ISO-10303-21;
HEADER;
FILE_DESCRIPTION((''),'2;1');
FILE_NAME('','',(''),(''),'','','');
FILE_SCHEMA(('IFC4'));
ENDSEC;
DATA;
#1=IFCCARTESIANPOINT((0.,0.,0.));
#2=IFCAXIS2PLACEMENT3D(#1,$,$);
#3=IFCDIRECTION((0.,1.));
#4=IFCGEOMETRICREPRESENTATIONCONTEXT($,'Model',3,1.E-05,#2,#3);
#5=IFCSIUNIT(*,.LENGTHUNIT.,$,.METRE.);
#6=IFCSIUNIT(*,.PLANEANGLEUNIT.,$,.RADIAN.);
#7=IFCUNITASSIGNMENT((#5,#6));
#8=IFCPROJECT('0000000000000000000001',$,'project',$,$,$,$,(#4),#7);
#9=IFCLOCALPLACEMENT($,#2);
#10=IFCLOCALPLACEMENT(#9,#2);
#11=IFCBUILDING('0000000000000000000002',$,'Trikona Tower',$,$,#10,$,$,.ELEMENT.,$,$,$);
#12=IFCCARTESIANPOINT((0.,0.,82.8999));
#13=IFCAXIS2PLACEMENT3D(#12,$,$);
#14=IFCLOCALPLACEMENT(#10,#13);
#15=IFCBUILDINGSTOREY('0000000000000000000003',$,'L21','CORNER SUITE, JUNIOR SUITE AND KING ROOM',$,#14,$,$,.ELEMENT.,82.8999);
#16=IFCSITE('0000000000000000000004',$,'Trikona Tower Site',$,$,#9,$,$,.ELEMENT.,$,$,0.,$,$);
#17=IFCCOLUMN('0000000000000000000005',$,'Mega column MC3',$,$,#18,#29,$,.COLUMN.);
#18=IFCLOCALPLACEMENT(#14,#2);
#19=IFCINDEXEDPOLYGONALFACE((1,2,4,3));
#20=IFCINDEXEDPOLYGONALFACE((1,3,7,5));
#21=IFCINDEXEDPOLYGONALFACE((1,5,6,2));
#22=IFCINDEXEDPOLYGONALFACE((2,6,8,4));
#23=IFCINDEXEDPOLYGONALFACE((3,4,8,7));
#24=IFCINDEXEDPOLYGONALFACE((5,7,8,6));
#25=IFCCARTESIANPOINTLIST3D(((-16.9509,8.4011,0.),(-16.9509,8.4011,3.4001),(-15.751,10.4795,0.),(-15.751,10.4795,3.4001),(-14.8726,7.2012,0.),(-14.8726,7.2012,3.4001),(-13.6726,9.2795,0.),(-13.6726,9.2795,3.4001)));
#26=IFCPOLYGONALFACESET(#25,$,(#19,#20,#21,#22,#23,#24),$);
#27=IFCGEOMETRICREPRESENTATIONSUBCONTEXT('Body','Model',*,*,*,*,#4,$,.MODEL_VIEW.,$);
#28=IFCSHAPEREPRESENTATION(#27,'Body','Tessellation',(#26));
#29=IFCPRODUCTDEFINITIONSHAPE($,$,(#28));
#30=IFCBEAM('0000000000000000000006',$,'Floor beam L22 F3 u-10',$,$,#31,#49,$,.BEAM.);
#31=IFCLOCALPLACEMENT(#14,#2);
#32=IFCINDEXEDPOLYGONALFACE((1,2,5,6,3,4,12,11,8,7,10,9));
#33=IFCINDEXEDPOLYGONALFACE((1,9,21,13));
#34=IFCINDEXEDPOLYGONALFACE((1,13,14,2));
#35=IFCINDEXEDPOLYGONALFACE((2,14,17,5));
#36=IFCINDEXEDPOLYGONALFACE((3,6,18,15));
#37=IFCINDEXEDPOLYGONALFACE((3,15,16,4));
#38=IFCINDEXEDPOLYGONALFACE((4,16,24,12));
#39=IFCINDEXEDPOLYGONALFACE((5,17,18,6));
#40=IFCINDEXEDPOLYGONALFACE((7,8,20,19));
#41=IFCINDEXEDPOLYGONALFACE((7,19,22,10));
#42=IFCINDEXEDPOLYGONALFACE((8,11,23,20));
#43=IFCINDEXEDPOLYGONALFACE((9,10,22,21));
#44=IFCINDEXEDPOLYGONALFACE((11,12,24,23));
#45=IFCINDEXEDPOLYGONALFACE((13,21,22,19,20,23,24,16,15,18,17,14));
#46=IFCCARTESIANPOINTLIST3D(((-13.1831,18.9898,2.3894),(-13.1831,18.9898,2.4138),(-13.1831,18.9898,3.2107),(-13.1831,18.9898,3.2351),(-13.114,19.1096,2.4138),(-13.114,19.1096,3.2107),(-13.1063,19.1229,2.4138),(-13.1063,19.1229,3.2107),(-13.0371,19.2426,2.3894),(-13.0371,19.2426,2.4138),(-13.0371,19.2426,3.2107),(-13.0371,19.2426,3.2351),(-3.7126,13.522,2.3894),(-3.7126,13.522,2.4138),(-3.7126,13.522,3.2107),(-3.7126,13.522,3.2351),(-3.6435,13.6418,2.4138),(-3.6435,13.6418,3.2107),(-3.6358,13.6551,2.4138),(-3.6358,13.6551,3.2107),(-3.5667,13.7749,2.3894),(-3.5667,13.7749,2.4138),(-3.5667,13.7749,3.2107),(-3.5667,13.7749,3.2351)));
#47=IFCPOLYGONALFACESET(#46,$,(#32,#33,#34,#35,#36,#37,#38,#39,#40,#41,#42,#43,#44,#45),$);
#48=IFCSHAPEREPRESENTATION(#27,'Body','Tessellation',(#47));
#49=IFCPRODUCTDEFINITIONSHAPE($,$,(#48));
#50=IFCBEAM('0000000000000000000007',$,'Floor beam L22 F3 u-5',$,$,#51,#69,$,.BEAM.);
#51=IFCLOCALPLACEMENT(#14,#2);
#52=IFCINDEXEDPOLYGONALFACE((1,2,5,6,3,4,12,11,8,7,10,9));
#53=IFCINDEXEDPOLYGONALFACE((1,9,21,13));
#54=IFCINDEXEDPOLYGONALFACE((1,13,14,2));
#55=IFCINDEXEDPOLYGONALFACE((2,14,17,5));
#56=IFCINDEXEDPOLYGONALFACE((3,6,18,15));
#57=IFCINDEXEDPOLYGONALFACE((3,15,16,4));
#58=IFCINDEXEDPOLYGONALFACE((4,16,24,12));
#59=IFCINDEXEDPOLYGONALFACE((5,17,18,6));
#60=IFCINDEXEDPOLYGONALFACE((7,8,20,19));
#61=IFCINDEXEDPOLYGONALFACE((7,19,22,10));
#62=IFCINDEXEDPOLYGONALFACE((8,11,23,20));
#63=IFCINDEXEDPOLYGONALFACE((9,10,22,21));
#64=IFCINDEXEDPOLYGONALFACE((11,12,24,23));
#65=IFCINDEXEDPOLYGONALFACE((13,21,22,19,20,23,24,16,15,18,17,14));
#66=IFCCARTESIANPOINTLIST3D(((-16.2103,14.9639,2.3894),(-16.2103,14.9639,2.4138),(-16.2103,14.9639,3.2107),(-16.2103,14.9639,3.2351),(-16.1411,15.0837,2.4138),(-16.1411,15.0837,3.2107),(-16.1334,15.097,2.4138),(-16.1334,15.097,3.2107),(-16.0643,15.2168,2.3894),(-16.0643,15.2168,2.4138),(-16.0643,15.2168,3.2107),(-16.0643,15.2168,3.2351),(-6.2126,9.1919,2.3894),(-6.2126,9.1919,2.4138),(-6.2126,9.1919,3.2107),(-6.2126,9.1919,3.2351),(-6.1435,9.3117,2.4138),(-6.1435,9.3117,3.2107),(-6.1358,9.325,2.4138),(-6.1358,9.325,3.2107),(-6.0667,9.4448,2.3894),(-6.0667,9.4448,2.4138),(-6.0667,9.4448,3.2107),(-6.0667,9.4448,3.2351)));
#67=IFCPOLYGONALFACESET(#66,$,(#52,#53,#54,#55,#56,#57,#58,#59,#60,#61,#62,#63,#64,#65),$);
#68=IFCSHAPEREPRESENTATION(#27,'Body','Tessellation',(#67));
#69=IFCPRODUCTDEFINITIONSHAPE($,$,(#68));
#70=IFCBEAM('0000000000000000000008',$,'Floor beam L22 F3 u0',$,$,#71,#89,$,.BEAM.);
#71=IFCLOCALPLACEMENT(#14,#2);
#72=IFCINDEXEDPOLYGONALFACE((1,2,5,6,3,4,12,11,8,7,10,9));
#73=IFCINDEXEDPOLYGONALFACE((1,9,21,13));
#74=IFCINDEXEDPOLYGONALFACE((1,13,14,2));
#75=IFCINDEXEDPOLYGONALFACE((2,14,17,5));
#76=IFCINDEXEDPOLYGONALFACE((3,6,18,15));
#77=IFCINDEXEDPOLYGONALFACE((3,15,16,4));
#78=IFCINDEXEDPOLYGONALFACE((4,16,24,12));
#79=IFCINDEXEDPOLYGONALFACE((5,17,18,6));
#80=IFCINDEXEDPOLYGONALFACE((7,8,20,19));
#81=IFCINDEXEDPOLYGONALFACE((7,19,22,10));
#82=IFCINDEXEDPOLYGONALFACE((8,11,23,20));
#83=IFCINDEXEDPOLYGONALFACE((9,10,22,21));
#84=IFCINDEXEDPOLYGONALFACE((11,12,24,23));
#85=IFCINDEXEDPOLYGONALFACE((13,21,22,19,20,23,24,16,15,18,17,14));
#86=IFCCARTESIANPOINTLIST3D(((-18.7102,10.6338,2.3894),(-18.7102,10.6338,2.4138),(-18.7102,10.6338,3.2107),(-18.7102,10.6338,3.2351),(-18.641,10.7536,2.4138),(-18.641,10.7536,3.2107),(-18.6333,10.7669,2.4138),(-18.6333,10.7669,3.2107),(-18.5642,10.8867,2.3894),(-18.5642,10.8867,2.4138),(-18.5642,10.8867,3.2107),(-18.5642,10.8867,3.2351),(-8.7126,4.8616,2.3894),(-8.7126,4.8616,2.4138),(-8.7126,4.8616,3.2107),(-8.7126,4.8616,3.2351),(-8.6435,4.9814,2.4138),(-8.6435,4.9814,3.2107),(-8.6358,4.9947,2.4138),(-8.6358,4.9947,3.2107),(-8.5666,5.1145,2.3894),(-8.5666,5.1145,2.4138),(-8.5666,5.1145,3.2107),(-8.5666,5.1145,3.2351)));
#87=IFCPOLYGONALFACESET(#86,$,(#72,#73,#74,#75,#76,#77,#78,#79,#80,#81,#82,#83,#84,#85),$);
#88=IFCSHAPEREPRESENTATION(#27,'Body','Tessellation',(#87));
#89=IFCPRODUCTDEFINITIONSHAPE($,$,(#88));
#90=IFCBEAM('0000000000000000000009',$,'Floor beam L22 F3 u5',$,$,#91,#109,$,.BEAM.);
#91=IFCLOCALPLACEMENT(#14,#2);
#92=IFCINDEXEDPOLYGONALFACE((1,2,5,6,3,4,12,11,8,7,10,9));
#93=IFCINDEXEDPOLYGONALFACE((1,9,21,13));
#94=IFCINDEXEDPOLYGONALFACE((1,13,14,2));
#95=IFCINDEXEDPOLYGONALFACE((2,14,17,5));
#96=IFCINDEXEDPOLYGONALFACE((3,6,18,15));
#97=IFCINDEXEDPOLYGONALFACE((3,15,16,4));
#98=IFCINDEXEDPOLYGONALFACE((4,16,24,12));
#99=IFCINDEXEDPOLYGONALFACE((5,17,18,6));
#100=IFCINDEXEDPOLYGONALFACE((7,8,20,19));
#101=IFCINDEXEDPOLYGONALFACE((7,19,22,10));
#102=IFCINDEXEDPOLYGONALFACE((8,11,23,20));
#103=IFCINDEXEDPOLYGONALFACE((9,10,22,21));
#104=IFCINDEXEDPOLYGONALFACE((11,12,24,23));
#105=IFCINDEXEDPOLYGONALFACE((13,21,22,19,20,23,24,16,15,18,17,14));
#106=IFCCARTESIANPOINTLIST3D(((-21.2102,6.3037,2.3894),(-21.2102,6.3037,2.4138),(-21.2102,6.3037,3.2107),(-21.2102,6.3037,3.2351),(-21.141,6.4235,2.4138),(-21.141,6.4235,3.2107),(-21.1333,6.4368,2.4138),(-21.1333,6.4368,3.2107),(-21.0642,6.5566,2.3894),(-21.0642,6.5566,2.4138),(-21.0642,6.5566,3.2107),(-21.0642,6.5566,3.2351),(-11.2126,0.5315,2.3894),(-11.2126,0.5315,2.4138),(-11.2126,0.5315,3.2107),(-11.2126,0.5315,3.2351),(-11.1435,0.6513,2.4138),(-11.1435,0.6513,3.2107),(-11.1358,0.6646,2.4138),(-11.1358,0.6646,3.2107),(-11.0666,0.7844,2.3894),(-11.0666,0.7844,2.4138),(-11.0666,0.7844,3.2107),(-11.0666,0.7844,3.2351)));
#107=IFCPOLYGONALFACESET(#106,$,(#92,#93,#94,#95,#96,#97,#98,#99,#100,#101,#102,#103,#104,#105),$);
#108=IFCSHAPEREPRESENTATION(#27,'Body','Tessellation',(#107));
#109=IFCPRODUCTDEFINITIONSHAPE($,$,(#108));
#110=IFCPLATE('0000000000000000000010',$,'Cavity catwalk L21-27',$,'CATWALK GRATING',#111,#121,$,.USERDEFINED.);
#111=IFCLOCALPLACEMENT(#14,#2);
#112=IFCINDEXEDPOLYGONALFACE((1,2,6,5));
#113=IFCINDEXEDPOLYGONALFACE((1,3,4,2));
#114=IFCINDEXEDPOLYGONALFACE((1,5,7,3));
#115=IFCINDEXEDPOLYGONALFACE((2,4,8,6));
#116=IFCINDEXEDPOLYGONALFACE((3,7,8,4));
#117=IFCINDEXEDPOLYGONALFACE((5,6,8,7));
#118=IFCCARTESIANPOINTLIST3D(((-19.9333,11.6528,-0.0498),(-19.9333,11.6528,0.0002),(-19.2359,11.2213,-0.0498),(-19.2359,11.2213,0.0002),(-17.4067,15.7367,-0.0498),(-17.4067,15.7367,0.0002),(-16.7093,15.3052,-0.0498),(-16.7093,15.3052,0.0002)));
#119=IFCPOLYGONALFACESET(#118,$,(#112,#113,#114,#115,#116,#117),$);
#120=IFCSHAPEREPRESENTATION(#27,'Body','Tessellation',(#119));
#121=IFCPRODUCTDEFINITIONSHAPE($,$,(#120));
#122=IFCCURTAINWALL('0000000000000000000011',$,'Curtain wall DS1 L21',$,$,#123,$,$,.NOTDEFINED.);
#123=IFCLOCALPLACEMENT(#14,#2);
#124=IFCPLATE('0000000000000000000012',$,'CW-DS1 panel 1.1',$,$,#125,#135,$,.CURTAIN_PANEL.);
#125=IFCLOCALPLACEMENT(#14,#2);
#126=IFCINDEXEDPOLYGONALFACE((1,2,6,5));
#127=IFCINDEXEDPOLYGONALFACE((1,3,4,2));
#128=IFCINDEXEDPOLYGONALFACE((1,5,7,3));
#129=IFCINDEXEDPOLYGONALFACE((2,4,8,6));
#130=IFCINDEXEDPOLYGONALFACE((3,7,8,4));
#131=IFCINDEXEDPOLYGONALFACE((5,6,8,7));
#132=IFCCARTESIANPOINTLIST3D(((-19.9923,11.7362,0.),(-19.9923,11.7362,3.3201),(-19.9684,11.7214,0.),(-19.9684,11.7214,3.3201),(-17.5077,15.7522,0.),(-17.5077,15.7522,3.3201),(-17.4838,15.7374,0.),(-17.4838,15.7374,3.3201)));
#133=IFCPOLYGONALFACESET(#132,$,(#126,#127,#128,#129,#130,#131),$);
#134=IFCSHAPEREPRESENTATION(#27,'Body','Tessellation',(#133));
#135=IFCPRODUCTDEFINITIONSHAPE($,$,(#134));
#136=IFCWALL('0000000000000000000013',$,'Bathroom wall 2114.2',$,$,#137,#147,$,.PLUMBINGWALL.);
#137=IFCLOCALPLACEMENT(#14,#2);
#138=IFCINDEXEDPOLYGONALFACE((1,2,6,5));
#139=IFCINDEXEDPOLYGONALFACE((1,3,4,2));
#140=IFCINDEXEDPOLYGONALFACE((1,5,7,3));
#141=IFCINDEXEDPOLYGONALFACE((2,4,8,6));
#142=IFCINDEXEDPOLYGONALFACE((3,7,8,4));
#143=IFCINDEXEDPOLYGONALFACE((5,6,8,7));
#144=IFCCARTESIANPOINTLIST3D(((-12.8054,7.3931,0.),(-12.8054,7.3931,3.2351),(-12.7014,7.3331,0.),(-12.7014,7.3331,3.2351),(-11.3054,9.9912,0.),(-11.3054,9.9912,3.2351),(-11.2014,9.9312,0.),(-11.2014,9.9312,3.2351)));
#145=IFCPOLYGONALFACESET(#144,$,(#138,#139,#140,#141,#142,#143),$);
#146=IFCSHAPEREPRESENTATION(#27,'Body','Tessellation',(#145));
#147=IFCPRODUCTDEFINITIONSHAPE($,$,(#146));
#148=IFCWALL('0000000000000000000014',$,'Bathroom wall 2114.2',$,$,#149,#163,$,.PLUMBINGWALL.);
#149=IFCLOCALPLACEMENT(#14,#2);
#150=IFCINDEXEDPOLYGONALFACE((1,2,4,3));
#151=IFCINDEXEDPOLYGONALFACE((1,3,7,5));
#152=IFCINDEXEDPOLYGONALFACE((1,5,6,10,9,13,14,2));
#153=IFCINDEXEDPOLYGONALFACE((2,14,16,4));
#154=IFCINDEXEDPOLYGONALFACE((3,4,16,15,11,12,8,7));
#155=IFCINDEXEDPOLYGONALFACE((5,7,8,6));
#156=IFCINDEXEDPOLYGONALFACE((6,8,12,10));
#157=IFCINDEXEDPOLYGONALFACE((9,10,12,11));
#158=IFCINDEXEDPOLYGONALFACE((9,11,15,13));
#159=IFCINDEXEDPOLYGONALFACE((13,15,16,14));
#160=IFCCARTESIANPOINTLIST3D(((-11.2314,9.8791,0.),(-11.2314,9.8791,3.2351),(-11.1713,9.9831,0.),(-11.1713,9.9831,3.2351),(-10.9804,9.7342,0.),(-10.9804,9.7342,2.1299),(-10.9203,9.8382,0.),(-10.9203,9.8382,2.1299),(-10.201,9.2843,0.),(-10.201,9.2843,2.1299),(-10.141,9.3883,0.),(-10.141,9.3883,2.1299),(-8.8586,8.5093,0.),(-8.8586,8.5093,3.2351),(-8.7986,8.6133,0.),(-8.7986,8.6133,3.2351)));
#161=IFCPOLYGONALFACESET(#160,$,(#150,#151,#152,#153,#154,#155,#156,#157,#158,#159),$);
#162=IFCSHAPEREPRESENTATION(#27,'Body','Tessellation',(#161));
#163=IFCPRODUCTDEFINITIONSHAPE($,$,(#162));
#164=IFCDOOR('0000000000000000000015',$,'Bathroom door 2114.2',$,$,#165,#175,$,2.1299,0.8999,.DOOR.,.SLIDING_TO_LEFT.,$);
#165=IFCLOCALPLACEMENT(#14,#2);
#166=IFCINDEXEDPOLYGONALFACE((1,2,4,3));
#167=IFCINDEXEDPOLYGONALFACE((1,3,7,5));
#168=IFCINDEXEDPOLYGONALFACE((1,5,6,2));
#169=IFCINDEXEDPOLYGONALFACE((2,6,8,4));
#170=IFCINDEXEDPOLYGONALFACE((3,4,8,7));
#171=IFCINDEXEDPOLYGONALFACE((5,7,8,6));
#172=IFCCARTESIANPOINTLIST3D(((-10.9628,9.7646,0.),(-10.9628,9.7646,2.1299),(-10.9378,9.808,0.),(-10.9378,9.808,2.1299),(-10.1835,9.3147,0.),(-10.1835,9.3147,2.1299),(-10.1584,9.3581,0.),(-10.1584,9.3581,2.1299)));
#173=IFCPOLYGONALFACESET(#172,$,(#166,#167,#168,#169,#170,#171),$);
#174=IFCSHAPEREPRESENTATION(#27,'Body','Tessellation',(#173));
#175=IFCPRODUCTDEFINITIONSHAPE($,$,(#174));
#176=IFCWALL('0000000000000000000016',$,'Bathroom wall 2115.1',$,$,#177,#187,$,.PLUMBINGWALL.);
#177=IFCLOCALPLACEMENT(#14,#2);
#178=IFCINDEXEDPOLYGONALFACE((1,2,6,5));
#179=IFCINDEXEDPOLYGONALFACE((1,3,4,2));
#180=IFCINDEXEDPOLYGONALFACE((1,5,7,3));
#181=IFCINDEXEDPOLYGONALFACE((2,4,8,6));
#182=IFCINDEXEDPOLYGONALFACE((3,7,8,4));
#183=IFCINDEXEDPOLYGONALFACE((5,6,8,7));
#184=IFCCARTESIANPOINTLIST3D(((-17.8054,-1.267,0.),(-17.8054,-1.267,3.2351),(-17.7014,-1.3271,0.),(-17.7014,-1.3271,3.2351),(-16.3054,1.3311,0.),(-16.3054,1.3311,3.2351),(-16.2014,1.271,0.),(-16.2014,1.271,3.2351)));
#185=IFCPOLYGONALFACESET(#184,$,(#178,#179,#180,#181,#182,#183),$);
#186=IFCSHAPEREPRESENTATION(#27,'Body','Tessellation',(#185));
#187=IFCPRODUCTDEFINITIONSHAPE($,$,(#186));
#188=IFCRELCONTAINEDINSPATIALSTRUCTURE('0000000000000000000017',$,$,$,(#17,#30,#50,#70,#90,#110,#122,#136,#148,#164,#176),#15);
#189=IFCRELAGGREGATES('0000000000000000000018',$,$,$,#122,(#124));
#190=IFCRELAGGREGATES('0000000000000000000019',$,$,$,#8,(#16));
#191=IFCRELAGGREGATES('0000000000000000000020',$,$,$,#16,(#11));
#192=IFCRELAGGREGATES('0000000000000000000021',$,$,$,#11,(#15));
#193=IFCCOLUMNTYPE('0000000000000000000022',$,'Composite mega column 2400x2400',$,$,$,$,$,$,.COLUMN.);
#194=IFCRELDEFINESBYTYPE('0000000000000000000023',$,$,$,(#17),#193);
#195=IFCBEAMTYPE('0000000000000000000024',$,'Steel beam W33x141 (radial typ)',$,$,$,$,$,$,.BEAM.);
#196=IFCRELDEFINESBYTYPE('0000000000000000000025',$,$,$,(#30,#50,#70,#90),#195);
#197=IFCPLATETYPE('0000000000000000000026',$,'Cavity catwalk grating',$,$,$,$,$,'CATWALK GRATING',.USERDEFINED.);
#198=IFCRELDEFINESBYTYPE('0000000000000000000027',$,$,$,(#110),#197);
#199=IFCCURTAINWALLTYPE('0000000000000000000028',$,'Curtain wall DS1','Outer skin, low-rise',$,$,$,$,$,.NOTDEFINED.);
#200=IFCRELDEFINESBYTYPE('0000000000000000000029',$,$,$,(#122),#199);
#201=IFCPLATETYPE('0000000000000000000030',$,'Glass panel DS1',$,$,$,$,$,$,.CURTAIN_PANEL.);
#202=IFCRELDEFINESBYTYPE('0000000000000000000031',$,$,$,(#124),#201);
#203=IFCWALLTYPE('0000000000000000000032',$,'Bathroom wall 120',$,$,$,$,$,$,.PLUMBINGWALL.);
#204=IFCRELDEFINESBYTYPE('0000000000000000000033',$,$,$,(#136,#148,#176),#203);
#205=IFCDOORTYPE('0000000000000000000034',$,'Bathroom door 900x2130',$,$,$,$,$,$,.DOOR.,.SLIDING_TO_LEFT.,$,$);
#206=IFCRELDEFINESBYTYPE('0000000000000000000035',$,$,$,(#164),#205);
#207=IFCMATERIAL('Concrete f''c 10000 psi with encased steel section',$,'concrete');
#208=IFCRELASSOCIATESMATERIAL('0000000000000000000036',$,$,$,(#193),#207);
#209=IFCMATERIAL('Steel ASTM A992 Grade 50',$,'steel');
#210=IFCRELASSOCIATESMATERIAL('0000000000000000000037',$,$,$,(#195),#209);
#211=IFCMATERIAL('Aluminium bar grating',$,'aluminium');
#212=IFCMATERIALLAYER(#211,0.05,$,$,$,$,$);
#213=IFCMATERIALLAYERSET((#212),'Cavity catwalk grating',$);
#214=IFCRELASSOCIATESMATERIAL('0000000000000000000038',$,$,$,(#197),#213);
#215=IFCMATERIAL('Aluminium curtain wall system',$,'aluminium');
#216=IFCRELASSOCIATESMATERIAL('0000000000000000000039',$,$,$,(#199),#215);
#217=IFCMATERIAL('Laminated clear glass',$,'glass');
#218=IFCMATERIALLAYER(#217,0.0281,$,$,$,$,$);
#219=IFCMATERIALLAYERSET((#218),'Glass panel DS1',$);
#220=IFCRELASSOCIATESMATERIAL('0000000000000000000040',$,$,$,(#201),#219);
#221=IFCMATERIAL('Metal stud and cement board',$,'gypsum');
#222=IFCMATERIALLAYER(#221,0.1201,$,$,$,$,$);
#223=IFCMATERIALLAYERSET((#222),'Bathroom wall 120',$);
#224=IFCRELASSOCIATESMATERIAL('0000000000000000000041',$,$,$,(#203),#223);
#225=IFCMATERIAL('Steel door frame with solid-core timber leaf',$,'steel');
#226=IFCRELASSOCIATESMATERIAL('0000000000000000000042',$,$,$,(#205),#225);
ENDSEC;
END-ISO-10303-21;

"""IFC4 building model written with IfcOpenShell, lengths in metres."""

from ifc_helpers import new_model, si_unit, direction, frame, frame_2d, origin, origin_2d, place, context, subcontext, project, spatial, rectangle, i_section, extrude, material, layer, layer_set, material_profile, profile_set, type_object, element, fill, aggregate, save


model = new_model("IFC4")

# Units and contexts
model_context = context("Model", 3, precision=1e-05, world=origin(), true_north=direction((0.0, 1.0)))
body_context = subcontext(model_context, "Body", "Model", "MODEL_VIEW")
ifc_project = project(units=[si_unit("LENGTHUNIT", "METRE"), si_unit("PLANEANGLEUNIT", "RADIAN")], contexts=[model_context])

# Site, building, storey
site_placement = place(None, origin())
site = spatial("IfcSite", under=ifc_project, at=site_placement, Name="Trikona Tower Site", CompositionType="ELEMENT", RefElevation=0.0)
building_placement = place(site_placement, origin())
building = spatial("IfcBuilding", under=site, at=building_placement, Name="Trikona Tower", CompositionType="ELEMENT")
storey_placement = place(building_placement, frame((0.0, 0.0, 82.8999)))
storey = spatial("IfcBuildingStorey", under=building, at=storey_placement, Name="L21", Description="CORNER SUITE, JUNIOR SUITE AND KING ROOM", CompositionType="ELEMENT", Elevation=82.8999)

# Column
ifc_material_1 = material(Name="Concrete f'c 10000 psi with encased steel section", Category="concrete")
ifc_material_profile_1 = material_profile(ifc_material_1, rectangle(XDim=2.3999, YDim=2.3999, at=origin_2d()), Name="MC2400")
ifc_profile_set_1 = profile_set([ifc_material_profile_1], Name="Concrete f'c 10000 psi with encased steel section")
column_type = type_object("IfcColumnType", Name="Composite mega column 2400x2400", PredefinedType="COLUMN", material=ifc_profile_set_1)
column_placement = place(storey_placement, frame((-15.3118, 8.8403, 0.0), z_axis=(0.0, 0.0, 1.0), x_axis=(-0.866025, 0.5, 0.0)))
element("IfcColumn", 1, at=column_placement, inside=storey, type_object=column_type, Name="Mega column MC3", PredefinedType="COLUMN", context=body_context, shape_type="SweptSolid", body=[
    extrude(rectangle(XDim=2.3999, YDim=2.3999, at=origin_2d()), origin(), (0.0, 0.0, 1.0), 3.4001),
])

# Beams
ifc_material_2 = material(Name="Steel ASTM A992 Grade 50", Category="steel")
ifc_material_profile_2 = material_profile(ifc_material_2, i_section(OverallWidth=0.292, OverallDepth=0.8457, WebThickness=0.0154, FlangeThickness=0.0244, at=origin_2d()), Name="W33X141")
ifc_profile_set_2 = profile_set([ifc_material_profile_2], Name="Steel ASTM A992 Grade 50")
beam_type = type_object("IfcBeamType", Name="Steel beam W33x141 (radial typ)", PredefinedType="BEAM", material=ifc_profile_set_2)
beam_placement = place(storey_placement, frame((-3.6396, 13.6484, 2.8123), z_axis=(-0.866025, 0.5, 0.0), x_axis=(-0.5, -0.866025, 0.0)))
element("IfcBeam", 2, at=beam_placement, inside=storey, type_object=beam_type, Name="Floor beam L22 F3 u-10", PredefinedType="BEAM", context=body_context, shape_type="SweptSolid", body=[
    extrude(i_section(OverallWidth=0.292, OverallDepth=0.8457, WebThickness=0.0154, FlangeThickness=0.0244, at=origin_2d()), origin(), (0.0, 0.0, 1.0), 10.9355),
])
for number, where, z_axis, x_axis, name in (
    (3, (-6.1396, 9.3184, 2.8123), (-0.86603, 0.499992, 0.0), (-0.499992, -0.86603, 0.0), "Floor beam L22 F3 u-5"),
    (4, (-8.6396, 4.988, 2.8123), (-0.866021, 0.500008, 0.0), (-0.500008, -0.866021, 0.0), "Floor beam L22 F3 u0"),
    (5, (-11.1396, 0.658, 2.8123), (-0.866021, 0.500008, 0.0), (-0.500008, -0.866021, 0.0), "Floor beam L22 F3 u5"),
):
    element("IfcBeam", number, at=place(storey_placement, frame(where, z_axis=z_axis, x_axis=x_axis)), inside=storey, type_object=beam_type, Name=name, PredefinedType="BEAM", context=body_context, shape_type="SweptSolid", body=[
        extrude(i_section(OverallWidth=0.292, OverallDepth=0.8457, WebThickness=0.0154, FlangeThickness=0.0244, at=origin_2d()), origin(), (0.0, 0.0, 1.0), 11.5442),
    ])

# Plate
ifc_material_3 = material(Name="Aluminium bar grating", Category="aluminium")
ifc_layer_1 = layer(ifc_material_3, 0.05)
ifc_layer_set_1 = layer_set([ifc_layer_1], Name="Cavity catwalk grating")
plate_type_1 = type_object("IfcPlateType", Name="Cavity catwalk grating", ElementType="CATWALK GRATING", PredefinedType="USERDEFINED", material=ifc_layer_set_1)
plate_1_placement = place(storey_placement, frame((-18.3213, 13.479, -0.0498), z_axis=(0.0, 0.0, 1.0), x_axis=(-0.526119, -0.850411, 0.0)))
element("IfcPlate", 6, at=plate_1_placement, inside=storey, type_object=plate_type_1, Name="Cavity catwalk L21-27", ObjectType="CATWALK GRATING", PredefinedType="USERDEFINED", context=body_context, shape_type="SweptSolid", body=[
    extrude(rectangle(XDim=4.8022, YDim=0.8201, at=origin_2d()), origin(), (0.0, 0.0, 1.0), 0.05),
])

# Curtain wall, plate
ifc_material_4 = material(Name="Aluminium curtain wall system", Category="aluminium")
curtain_wall_type = type_object("IfcCurtainWallType", Name="Curtain wall DS1", Description="Outer skin, low-rise", PredefinedType="NOTDEFINED", material=ifc_material_4)
curtain_wall_placement = place(storey_placement, origin())
curtain_wall = element("IfcCurtainWall", 7, at=curtain_wall_placement, inside=storey, type_object=curtain_wall_type, Name="Curtain wall DS1 L21", PredefinedType="NOTDEFINED")
ifc_material_5 = material(Name="Laminated clear glass", Category="glass")
ifc_layer_2 = layer(ifc_material_5, 0.0281)
ifc_layer_set_2 = layer_set([ifc_layer_2], Name="Glass panel DS1")
plate_type_2 = type_object("IfcPlateType", Name="Glass panel DS1", PredefinedType="CURTAIN_PANEL", material=ifc_layer_set_2)
plate_2_placement = place(storey_placement, frame((-18.738, 13.7368, 0.0), z_axis=(0.0, 0.0, 1.0), x_axis=(-0.52612, -0.85041, 0.0)))
plate_2 = element("IfcPlate", 8, at=plate_2_placement, type_object=plate_type_2, Name="CW-DS1 panel 1.1", PredefinedType="CURTAIN_PANEL", context=body_context, shape_type="SweptSolid", body=[
    extrude(rectangle(XDim=4.7224, YDim=0.0281, at=origin_2d()), origin(), (0.0, 0.0, 1.0), 3.3201),
])
aggregate(curtain_wall, [plate_2])

# Wall
ifc_material_6 = material(Name="Metal stud and cement board", Category="gypsum")
ifc_layer_3 = layer(ifc_material_6, 0.1201)
ifc_layer_set_3 = layer_set([ifc_layer_3], Name="Bathroom wall 120")
wall_type_1 = type_object("IfcWallType", Name="Bathroom wall 120", PredefinedType="PLUMBINGWALL", material=ifc_layer_set_3)
wall_1_placement = place(storey_placement, frame((-11.2534, 9.9612, 0.0), z_axis=(0.0, 0.0, 1.0), x_axis=(-0.49999, -0.866031, 0.0)))
element("IfcWall", 9, at=wall_1_placement, inside=storey, type_object=wall_type_1, Name="Bathroom wall 2114.2", PredefinedType="PLUMBINGWALL", context=body_context, shape_type="SweptSolid", body=[
    extrude(rectangle(XDim=3.0, YDim=0.1201, at=frame_2d((1.5, 0.0))), origin(), (0.0, 0.0, 1.0), 3.2351),
])

# Wall, opening, door
wall_2_placement = place(storey_placement, frame((-8.8286, 8.5613, 0.0), z_axis=(0.0, 0.0, 1.0), x_axis=(-0.866036, 0.499982, 0.0)))
wall_2 = element("IfcWall", 10, at=wall_2_placement, inside=storey, type_object=wall_type_1, Name="Bathroom wall 2114.2", PredefinedType="PLUMBINGWALL", context=body_context, shape_type="SweptSolid", body=[
    extrude(rectangle(XDim=2.7397, YDim=0.1201, at=frame_2d((1.3699, 0.0))), origin(), (0.0, 0.0, 1.0), 3.2351),
])
opening_1_placement = place(wall_2_placement, frame((1.55, 0.0, 0.0)))
opening_1 = element("IfcOpeningElement", 11, at=opening_1_placement, cuts=wall_2, PredefinedType="OPENING", context=body_context, shape_type="SweptSolid", body=[
    extrude(rectangle(XDim=0.8999, YDim=2.1299, at=frame_2d((0.45, 1.0649))), frame((0.0, 0.0701, 0.0), z_axis=(0.0, -1.0, 0.0), x_axis=(1.0, 0.0, 0.0)), (0.0, 0.0, 1.0), 0.1401),
])
ifc_material_7 = material(Name="Steel door frame with solid-core timber leaf", Category="steel")
door_type_1 = type_object("IfcDoorType", Name="Bathroom door 900x2130", OperationType="SLIDING_TO_LEFT", PredefinedType="DOOR", material=ifc_material_7)
door_1_placement = place(opening_1_placement, origin())
door_1 = element("IfcDoor", 12, at=door_1_placement, inside=storey, type_object=door_type_1, Name="Bathroom door 2114.2", OperationType="SLIDING_TO_LEFT", OverallHeight=2.1299, OverallWidth=0.8999, PredefinedType="DOOR", context=body_context, shape_type="SweptSolid", body=[
    extrude(rectangle(XDim=0.8999, YDim=2.1299, at=frame_2d((0.45, 1.0649))), frame((0.0, 0.0249, 0.0), z_axis=(0.0, -1.0, 0.0), x_axis=(1.0, 0.0, 0.0)), (0.0, 0.0, 1.0), 0.05),
])
fill(opening_1, door_1)

# Wall
wall_3_placement = place(storey_placement, frame((-16.2534, 1.301, 0.0), z_axis=(0.0, 0.0, 1.0), x_axis=(-0.49999, -0.866031, 0.0)))
element("IfcWall", 13, at=wall_3_placement, inside=storey, type_object=wall_type_1, Name="Bathroom wall 2115.1", PredefinedType="PLUMBINGWALL", context=body_context, shape_type="SweptSolid", body=[
    extrude(rectangle(XDim=3.0, YDim=0.1201, at=frame_2d((1.5, 0.0))), origin(), (0.0, 0.0, 1.0), 3.2351),
])

save(model, "model.ifc")
